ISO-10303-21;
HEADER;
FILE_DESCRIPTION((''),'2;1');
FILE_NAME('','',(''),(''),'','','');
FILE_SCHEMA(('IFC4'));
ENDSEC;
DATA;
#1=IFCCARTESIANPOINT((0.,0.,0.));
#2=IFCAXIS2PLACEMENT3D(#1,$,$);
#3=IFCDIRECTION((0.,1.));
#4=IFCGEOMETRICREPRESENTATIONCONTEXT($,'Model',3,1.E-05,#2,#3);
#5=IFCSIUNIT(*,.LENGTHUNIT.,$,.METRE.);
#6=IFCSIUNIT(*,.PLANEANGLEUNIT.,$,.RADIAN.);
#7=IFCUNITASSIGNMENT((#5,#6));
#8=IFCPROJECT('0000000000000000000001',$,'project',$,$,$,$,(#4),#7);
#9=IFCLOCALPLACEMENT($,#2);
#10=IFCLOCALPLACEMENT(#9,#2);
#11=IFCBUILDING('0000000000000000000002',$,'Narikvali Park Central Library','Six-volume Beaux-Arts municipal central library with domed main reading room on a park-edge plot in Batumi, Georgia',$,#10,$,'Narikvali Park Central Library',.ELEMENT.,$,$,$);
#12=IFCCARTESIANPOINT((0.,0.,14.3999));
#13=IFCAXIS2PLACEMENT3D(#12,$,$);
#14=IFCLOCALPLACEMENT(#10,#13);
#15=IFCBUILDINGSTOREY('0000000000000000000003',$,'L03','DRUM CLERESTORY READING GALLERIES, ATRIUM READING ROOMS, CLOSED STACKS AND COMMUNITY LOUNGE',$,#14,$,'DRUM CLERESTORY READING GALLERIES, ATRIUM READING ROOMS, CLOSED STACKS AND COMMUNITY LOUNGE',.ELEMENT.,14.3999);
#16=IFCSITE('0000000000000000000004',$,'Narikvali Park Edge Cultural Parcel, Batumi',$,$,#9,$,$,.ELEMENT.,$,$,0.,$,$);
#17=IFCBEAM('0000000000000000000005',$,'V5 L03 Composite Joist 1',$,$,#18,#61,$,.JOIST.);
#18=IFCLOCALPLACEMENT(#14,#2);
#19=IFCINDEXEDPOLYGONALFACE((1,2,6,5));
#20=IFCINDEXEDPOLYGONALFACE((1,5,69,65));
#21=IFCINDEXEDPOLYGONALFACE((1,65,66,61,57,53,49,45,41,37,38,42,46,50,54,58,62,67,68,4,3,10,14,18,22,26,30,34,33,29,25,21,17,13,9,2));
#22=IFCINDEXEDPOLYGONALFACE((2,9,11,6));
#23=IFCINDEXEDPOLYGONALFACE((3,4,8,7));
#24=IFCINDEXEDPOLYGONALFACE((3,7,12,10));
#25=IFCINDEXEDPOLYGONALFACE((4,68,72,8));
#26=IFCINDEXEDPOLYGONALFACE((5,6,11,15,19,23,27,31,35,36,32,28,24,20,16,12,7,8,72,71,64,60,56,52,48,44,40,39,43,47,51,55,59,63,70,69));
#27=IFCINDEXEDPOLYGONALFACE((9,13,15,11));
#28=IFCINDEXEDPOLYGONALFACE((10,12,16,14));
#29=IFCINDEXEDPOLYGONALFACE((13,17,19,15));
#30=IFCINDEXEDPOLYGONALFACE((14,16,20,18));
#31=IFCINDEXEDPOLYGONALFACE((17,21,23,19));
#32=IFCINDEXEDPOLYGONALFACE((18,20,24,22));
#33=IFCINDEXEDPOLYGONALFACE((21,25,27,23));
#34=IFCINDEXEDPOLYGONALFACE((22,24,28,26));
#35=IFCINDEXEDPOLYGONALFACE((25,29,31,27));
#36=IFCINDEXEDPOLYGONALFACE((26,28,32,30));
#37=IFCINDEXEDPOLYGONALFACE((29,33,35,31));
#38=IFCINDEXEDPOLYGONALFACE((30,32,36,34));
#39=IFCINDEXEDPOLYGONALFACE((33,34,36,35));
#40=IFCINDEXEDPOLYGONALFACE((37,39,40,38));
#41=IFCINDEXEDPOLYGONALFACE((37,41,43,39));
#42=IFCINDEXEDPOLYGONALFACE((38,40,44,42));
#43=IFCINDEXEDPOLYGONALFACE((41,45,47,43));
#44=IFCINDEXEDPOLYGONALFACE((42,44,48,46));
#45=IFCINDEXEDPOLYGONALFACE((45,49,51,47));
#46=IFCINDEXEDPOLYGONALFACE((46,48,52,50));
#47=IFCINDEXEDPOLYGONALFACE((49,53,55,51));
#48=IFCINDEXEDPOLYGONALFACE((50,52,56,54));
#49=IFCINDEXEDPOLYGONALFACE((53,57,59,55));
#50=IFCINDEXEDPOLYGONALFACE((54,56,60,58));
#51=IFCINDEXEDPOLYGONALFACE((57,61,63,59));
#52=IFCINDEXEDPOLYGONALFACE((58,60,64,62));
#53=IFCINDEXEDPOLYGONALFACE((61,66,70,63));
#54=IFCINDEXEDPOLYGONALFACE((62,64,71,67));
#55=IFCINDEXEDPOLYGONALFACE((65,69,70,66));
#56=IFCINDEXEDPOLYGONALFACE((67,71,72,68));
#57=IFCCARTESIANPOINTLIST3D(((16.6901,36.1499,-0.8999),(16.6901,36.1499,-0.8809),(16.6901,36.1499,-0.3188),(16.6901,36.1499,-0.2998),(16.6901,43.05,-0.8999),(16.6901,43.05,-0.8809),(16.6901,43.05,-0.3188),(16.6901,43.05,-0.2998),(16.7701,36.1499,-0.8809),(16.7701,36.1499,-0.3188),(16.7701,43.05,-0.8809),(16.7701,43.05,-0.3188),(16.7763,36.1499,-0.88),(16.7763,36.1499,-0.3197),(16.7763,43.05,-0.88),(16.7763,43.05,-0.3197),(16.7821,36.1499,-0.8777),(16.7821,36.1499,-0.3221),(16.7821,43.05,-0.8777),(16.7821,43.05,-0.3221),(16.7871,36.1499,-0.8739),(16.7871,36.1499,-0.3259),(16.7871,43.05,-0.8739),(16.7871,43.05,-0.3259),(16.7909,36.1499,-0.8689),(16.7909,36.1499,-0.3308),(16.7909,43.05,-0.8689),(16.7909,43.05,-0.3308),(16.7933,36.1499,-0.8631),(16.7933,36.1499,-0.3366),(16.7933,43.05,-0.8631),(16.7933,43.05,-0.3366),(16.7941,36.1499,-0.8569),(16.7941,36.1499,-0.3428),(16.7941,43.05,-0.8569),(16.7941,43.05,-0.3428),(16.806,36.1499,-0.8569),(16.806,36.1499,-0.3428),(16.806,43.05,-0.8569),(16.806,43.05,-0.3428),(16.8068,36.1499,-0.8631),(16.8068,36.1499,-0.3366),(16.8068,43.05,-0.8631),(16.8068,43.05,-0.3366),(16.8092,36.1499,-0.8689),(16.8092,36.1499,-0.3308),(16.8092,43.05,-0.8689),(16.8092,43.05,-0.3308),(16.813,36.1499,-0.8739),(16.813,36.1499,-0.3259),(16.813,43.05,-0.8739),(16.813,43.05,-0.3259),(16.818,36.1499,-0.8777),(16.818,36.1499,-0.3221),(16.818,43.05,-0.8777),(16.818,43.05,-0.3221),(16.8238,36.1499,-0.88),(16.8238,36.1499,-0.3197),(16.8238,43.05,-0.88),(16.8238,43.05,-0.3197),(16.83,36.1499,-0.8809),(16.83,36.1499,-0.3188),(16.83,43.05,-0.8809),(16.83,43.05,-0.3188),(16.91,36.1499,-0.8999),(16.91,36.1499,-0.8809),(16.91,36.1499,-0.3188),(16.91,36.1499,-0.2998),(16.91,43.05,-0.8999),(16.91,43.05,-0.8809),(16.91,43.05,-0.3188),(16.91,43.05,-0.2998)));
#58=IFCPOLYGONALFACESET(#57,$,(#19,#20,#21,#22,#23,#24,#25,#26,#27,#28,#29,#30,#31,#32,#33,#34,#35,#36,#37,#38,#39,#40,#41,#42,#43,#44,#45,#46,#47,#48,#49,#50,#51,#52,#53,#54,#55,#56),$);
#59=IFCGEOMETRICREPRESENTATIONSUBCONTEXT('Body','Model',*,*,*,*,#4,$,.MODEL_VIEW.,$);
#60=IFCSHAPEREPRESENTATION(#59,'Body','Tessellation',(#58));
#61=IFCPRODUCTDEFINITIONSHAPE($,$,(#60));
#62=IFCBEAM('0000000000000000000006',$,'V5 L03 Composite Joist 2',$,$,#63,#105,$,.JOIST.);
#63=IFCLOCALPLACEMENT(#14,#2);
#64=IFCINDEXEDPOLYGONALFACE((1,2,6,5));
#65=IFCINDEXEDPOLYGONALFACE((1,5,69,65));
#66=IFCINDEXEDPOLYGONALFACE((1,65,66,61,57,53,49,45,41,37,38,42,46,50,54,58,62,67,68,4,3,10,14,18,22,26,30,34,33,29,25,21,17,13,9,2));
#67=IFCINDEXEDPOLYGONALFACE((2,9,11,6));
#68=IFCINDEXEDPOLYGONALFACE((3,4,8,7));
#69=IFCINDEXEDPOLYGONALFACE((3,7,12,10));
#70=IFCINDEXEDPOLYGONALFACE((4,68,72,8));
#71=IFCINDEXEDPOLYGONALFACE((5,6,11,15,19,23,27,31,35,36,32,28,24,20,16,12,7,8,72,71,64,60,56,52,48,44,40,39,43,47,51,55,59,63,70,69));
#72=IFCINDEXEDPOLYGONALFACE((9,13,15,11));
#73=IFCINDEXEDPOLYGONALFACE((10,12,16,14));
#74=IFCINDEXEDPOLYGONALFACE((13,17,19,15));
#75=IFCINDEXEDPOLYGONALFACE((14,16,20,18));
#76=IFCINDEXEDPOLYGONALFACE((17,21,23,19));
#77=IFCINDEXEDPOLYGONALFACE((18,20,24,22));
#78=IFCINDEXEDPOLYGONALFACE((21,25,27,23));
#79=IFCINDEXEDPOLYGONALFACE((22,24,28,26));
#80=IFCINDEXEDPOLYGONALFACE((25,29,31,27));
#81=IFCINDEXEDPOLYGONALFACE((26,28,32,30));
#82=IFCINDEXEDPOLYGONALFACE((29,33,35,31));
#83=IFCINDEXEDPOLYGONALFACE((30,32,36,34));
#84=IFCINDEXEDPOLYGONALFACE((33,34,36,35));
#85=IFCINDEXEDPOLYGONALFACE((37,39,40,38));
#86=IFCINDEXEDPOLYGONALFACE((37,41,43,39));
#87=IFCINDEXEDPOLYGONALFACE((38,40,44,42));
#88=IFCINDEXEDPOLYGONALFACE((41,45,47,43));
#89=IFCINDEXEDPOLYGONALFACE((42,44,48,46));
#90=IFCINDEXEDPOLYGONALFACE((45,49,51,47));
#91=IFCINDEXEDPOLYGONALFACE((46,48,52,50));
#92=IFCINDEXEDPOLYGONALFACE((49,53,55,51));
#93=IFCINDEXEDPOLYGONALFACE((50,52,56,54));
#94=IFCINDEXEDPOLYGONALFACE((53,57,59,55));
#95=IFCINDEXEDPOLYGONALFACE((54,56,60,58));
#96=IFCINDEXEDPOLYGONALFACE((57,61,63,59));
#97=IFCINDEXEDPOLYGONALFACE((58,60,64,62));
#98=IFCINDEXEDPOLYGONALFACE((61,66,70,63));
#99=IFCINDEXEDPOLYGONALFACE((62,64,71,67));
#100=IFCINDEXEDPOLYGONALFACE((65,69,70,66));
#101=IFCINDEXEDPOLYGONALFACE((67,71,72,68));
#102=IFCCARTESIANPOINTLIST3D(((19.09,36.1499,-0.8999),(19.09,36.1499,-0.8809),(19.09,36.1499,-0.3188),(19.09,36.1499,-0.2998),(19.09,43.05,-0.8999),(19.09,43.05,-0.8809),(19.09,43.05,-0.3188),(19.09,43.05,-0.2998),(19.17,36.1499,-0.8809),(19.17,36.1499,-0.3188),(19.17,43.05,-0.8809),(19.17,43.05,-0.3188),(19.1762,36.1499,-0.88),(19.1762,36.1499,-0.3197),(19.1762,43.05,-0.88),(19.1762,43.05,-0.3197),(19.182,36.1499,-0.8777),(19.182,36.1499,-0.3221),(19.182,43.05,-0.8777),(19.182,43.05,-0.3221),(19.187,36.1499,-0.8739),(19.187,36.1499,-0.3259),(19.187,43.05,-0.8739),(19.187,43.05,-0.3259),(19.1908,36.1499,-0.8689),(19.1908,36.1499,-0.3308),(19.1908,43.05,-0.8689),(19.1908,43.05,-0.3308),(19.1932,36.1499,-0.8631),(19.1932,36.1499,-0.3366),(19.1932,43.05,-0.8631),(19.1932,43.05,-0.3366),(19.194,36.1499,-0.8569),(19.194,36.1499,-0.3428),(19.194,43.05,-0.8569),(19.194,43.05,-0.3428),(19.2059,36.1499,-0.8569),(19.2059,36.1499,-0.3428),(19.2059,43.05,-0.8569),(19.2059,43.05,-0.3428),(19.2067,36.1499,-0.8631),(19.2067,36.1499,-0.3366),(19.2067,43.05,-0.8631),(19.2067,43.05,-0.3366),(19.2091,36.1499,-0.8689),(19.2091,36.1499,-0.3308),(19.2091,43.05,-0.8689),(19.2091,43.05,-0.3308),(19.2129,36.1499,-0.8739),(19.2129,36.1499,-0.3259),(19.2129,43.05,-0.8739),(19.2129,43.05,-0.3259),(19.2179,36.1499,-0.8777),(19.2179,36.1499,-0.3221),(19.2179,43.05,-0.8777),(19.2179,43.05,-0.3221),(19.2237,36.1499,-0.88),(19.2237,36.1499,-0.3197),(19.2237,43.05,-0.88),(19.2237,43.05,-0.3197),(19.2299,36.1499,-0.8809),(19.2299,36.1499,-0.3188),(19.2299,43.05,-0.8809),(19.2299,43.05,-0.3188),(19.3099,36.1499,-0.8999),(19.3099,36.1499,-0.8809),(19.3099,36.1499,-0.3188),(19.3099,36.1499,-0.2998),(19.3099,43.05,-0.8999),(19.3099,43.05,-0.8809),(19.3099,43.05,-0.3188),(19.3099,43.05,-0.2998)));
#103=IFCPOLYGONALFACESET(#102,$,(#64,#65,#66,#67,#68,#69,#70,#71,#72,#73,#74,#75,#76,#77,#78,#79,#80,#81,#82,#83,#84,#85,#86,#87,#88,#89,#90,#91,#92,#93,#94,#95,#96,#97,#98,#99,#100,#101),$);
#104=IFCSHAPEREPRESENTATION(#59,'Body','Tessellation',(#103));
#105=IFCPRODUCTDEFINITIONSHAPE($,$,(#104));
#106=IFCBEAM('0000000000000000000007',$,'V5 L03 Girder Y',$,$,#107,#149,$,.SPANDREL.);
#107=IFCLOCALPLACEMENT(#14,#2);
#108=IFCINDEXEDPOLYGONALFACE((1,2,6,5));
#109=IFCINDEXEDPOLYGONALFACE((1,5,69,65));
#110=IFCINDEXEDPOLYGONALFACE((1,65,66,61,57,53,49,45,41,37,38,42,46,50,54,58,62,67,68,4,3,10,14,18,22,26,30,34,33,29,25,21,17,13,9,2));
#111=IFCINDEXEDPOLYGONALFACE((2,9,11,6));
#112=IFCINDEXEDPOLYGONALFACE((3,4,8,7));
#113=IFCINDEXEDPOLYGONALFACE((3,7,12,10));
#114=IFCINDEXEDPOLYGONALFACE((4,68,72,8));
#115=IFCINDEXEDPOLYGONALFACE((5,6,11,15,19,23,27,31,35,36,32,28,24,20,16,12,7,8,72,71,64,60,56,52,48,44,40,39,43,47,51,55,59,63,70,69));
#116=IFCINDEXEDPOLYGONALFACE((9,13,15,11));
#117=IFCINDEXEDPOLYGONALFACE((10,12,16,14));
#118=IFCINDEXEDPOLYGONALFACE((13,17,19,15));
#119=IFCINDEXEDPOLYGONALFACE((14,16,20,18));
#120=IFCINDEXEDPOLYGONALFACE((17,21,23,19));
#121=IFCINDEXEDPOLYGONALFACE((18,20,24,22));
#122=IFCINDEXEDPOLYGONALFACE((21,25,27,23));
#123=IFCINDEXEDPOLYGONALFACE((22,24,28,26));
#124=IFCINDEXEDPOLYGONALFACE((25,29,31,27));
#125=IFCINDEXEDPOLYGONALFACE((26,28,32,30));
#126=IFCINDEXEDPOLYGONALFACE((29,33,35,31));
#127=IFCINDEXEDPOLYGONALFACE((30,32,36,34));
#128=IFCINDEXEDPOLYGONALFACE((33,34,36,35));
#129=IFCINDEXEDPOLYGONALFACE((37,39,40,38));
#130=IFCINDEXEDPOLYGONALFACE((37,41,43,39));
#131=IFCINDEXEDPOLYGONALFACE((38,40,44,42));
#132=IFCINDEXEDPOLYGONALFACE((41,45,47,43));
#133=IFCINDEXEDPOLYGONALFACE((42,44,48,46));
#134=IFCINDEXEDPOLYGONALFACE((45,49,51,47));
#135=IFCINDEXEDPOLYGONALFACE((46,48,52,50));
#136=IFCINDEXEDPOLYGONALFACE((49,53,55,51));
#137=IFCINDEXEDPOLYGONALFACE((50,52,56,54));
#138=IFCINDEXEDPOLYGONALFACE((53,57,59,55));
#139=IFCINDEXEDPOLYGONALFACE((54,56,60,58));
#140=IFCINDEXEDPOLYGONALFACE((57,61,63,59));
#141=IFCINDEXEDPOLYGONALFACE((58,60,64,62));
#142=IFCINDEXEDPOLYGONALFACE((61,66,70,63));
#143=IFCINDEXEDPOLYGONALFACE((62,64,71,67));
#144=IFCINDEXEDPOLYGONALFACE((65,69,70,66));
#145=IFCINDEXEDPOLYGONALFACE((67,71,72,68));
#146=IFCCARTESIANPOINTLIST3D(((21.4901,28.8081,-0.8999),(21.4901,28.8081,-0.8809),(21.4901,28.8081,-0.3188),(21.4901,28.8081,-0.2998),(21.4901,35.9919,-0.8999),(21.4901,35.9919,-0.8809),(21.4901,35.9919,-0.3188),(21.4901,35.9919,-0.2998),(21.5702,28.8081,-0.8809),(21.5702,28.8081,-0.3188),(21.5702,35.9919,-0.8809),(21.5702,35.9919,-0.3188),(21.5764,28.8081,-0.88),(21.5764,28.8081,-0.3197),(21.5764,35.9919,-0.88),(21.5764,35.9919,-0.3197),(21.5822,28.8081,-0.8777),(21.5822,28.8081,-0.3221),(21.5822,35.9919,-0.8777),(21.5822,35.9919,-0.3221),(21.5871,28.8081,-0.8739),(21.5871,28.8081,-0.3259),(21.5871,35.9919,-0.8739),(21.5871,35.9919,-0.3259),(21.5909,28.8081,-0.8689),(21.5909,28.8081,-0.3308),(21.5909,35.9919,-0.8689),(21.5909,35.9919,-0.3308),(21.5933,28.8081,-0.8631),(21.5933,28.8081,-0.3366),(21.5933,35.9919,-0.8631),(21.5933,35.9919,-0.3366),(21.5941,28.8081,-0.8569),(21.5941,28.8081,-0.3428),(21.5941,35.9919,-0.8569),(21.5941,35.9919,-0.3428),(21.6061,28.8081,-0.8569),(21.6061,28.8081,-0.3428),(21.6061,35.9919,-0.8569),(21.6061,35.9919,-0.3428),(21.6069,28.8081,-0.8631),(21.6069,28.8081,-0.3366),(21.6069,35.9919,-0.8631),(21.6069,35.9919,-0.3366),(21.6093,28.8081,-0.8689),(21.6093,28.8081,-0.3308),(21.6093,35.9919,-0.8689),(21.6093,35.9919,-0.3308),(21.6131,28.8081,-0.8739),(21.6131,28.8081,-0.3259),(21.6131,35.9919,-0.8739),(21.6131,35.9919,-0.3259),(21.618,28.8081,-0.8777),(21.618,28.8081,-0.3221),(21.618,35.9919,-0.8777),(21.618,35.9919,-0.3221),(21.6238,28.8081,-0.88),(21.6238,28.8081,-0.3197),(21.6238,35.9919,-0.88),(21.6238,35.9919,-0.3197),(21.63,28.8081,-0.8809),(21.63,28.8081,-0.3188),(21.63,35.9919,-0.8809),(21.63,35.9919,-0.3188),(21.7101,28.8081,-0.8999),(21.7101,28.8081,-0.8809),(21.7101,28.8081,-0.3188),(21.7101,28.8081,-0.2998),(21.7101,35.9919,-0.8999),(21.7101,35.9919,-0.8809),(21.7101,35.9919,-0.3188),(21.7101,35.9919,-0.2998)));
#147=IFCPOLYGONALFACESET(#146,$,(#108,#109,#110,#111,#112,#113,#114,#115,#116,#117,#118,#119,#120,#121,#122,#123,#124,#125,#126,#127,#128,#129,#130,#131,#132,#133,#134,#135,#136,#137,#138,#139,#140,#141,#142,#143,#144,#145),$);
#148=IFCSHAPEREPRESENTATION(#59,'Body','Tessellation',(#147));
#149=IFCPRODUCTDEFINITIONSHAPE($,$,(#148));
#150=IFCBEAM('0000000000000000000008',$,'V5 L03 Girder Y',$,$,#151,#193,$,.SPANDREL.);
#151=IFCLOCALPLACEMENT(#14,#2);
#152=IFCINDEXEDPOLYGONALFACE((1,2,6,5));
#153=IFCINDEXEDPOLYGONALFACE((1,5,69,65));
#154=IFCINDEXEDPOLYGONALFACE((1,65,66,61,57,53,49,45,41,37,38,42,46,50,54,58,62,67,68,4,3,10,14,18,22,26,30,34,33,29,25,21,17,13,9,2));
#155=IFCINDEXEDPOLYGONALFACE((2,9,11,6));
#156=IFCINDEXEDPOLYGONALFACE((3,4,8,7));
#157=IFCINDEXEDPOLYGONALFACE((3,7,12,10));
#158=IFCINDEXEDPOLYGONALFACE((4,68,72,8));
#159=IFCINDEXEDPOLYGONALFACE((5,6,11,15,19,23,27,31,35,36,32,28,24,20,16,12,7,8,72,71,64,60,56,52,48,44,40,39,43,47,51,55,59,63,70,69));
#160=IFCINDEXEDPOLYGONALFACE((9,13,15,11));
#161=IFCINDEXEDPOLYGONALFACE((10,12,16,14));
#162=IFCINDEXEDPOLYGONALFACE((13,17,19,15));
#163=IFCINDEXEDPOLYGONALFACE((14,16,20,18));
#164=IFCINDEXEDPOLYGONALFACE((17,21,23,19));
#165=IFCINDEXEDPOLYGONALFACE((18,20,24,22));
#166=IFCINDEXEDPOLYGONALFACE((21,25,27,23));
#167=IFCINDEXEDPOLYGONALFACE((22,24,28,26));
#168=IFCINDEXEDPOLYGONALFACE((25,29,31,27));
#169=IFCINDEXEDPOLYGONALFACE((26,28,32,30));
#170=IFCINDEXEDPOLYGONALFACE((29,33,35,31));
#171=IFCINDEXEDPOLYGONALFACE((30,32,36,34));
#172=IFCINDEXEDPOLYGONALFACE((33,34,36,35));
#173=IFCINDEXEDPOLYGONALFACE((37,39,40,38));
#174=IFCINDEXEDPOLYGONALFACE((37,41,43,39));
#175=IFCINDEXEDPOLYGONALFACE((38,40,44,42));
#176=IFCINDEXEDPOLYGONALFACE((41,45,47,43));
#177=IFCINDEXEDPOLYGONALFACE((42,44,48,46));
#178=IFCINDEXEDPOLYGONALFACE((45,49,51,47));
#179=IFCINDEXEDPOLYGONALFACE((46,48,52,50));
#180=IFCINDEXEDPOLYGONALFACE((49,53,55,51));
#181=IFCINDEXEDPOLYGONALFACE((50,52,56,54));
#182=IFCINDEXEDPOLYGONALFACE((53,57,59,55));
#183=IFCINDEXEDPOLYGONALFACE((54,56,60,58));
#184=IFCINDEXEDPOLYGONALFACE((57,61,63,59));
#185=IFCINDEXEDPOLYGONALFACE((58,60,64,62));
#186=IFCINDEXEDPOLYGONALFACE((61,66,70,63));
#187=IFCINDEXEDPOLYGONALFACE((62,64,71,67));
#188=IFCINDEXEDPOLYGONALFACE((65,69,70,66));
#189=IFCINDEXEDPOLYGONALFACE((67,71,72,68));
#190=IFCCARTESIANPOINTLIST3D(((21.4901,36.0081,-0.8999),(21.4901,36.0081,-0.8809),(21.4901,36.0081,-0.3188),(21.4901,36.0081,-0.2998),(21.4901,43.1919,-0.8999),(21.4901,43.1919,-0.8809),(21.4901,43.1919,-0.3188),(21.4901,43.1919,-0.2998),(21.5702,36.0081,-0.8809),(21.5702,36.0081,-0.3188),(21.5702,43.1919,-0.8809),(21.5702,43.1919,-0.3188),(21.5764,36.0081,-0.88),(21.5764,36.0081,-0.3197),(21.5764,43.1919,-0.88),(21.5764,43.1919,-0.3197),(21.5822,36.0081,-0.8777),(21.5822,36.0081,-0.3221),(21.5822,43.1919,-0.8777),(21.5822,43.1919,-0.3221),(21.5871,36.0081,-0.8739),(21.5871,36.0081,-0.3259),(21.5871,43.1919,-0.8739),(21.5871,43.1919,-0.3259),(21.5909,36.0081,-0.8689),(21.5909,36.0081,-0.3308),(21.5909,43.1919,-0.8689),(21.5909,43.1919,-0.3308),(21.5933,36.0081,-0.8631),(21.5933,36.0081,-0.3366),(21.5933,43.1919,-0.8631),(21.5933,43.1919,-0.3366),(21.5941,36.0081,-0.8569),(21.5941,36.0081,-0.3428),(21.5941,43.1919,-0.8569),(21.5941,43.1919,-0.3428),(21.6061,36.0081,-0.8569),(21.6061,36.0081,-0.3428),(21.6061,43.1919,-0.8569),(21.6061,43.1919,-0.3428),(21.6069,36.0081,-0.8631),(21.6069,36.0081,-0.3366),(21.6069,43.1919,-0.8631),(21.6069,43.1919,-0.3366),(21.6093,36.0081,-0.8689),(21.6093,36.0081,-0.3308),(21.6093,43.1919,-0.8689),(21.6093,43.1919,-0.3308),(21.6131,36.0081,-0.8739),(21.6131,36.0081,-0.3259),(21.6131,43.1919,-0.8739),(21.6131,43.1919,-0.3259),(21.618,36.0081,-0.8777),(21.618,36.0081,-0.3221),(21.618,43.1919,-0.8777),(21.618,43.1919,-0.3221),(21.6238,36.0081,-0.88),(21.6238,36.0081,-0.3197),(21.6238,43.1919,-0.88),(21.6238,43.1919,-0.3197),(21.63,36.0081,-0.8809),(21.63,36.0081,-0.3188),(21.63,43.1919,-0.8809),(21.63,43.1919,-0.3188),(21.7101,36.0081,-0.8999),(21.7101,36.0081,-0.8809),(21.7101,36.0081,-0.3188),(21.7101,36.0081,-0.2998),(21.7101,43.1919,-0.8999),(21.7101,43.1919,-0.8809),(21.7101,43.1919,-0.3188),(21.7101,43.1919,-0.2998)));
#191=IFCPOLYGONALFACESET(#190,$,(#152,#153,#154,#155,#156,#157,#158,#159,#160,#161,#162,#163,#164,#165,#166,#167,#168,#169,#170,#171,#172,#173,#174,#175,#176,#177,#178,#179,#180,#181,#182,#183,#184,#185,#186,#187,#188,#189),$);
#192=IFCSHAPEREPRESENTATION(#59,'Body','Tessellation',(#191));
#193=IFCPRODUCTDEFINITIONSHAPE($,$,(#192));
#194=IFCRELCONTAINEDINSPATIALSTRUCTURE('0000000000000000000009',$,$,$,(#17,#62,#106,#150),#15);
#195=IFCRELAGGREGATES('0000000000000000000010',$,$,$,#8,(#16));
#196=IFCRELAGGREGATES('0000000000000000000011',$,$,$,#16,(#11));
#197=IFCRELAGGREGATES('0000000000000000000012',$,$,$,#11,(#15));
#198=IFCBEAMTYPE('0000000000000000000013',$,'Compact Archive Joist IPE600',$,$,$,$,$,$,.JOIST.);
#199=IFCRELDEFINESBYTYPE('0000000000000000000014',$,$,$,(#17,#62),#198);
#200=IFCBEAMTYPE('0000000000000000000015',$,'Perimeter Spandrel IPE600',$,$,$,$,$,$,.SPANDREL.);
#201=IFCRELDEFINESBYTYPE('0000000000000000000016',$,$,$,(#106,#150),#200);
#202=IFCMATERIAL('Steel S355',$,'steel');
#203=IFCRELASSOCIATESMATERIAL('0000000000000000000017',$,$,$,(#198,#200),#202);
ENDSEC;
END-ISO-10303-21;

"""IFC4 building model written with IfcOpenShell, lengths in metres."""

from ifc_helpers import new_model, si_unit, direction, frame, origin, origin_2d, place, context, subcontext, project, spatial, i_section, extrude, material, material_profile, profile_set, type_object, element, save


model = new_model("IFC4")

# Units and contexts
model_context = context("Model", 3, precision=1e-05, world=origin(), true_north=direction((0.0, 1.0)))
body_context = subcontext(model_context, "Body", "Model", "MODEL_VIEW")
ifc_project = project(units=[si_unit("LENGTHUNIT", "METRE"), si_unit("PLANEANGLEUNIT", "RADIAN")], contexts=[model_context])

# Site, building, storey
site_placement = place(None, origin())
site = spatial("IfcSite", under=ifc_project, at=site_placement, Name="Narikvali Park Edge Cultural Parcel, Batumi", CompositionType="ELEMENT", RefElevation=0.0)
building_placement = place(site_placement, origin())
building = spatial("IfcBuilding", under=site, at=building_placement, Name="Narikvali Park Central Library", Description="Six-volume Beaux-Arts municipal central library with domed main reading room on a park-edge plot in Batumi, Georgia", LongName="Narikvali Park Central Library", CompositionType="ELEMENT")
storey_placement = place(building_placement, frame((0.0, 0.0, 14.3999)))
storey = spatial("IfcBuildingStorey", under=building, at=storey_placement, Name="L03", Description="DRUM CLERESTORY READING GALLERIES, ATRIUM READING ROOMS, CLOSED STACKS AND COMMUNITY LOUNGE", LongName="DRUM CLERESTORY READING GALLERIES, ATRIUM READING ROOMS, CLOSED STACKS AND COMMUNITY LOUNGE", CompositionType="ELEMENT", Elevation=14.3999)

# Shared definitions
ifc_material_1 = material(Name="Steel S355", Category="steel")

# Beams
ifc_material_profile_1 = material_profile(ifc_material_1, i_section(OverallWidth=0.22, OverallDepth=0.6001, WebThickness=0.012, FlangeThickness=0.019, FilletRadius=0.0239, at=origin_2d()), Name="IPE 600")
ifc_profile_set_1 = profile_set([ifc_material_profile_1], Name="Steel S355")
beam_type_1 = type_object("IfcBeamType", Name="Compact Archive Joist IPE600", PredefinedType="JOIST", material=ifc_profile_set_1)
for number, where, z_axis, x_axis, name in (
    (1, (16.8, 36.1499, -0.5999), (0.0, 1.0, 0.0), (-1.0, 0.0, 0.0), "V5 L03 Composite Joist 1"),
    (2, (19.2, 36.1499, -0.5999), (0.0, 1.0, 0.0), (-1.0, 0.0, 0.0), "V5 L03 Composite Joist 2"),
):
    element("IfcBeam", number, at=place(storey_placement, frame(where, z_axis=z_axis, x_axis=x_axis)), inside=storey, type_object=beam_type_1, Name=name, PredefinedType="JOIST", context=body_context, shape_type="SweptSolid", body=[
        extrude(i_section(OverallWidth=0.22, OverallDepth=0.6001, WebThickness=0.012, FlangeThickness=0.019, FilletRadius=0.0239, at=origin_2d()), origin(), (0.0, 0.0, 1.0), 6.9001),
    ])
ifc_material_profile_2 = material_profile(ifc_material_1, i_section(OverallWidth=0.22, OverallDepth=0.6001, WebThickness=0.012, FlangeThickness=0.019, FilletRadius=0.0239, at=origin_2d()), Name="IPE 600")
ifc_profile_set_2 = profile_set([ifc_material_profile_2], Name="Steel S355")
beam_type_2 = type_object("IfcBeamType", Name="Perimeter Spandrel IPE600", PredefinedType="SPANDREL", material=ifc_profile_set_2)
for number, where, z_axis, x_axis, name in (
    (3, (21.6001, 28.8081, -0.5999), (0.0, 1.0, 0.0), (-1.0, 0.0, 0.0), "V5 L03 Girder Y"),
    (4, (21.6001, 36.0081, -0.5999), (0.0, 1.0, 0.0), (-1.0, 0.0, 0.0), "V5 L03 Girder Y"),
):
    element("IfcBeam", number, at=place(storey_placement, frame(where, z_axis=z_axis, x_axis=x_axis)), inside=storey, type_object=beam_type_2, Name=name, PredefinedType="SPANDREL", context=body_context, shape_type="SweptSolid", body=[
        extrude(i_section(OverallWidth=0.22, OverallDepth=0.6001, WebThickness=0.012, FlangeThickness=0.019, FilletRadius=0.0239, at=origin_2d()), origin(), (0.0, 0.0, 1.0), 7.1838),
    ])

save(model, "model.ifc")
